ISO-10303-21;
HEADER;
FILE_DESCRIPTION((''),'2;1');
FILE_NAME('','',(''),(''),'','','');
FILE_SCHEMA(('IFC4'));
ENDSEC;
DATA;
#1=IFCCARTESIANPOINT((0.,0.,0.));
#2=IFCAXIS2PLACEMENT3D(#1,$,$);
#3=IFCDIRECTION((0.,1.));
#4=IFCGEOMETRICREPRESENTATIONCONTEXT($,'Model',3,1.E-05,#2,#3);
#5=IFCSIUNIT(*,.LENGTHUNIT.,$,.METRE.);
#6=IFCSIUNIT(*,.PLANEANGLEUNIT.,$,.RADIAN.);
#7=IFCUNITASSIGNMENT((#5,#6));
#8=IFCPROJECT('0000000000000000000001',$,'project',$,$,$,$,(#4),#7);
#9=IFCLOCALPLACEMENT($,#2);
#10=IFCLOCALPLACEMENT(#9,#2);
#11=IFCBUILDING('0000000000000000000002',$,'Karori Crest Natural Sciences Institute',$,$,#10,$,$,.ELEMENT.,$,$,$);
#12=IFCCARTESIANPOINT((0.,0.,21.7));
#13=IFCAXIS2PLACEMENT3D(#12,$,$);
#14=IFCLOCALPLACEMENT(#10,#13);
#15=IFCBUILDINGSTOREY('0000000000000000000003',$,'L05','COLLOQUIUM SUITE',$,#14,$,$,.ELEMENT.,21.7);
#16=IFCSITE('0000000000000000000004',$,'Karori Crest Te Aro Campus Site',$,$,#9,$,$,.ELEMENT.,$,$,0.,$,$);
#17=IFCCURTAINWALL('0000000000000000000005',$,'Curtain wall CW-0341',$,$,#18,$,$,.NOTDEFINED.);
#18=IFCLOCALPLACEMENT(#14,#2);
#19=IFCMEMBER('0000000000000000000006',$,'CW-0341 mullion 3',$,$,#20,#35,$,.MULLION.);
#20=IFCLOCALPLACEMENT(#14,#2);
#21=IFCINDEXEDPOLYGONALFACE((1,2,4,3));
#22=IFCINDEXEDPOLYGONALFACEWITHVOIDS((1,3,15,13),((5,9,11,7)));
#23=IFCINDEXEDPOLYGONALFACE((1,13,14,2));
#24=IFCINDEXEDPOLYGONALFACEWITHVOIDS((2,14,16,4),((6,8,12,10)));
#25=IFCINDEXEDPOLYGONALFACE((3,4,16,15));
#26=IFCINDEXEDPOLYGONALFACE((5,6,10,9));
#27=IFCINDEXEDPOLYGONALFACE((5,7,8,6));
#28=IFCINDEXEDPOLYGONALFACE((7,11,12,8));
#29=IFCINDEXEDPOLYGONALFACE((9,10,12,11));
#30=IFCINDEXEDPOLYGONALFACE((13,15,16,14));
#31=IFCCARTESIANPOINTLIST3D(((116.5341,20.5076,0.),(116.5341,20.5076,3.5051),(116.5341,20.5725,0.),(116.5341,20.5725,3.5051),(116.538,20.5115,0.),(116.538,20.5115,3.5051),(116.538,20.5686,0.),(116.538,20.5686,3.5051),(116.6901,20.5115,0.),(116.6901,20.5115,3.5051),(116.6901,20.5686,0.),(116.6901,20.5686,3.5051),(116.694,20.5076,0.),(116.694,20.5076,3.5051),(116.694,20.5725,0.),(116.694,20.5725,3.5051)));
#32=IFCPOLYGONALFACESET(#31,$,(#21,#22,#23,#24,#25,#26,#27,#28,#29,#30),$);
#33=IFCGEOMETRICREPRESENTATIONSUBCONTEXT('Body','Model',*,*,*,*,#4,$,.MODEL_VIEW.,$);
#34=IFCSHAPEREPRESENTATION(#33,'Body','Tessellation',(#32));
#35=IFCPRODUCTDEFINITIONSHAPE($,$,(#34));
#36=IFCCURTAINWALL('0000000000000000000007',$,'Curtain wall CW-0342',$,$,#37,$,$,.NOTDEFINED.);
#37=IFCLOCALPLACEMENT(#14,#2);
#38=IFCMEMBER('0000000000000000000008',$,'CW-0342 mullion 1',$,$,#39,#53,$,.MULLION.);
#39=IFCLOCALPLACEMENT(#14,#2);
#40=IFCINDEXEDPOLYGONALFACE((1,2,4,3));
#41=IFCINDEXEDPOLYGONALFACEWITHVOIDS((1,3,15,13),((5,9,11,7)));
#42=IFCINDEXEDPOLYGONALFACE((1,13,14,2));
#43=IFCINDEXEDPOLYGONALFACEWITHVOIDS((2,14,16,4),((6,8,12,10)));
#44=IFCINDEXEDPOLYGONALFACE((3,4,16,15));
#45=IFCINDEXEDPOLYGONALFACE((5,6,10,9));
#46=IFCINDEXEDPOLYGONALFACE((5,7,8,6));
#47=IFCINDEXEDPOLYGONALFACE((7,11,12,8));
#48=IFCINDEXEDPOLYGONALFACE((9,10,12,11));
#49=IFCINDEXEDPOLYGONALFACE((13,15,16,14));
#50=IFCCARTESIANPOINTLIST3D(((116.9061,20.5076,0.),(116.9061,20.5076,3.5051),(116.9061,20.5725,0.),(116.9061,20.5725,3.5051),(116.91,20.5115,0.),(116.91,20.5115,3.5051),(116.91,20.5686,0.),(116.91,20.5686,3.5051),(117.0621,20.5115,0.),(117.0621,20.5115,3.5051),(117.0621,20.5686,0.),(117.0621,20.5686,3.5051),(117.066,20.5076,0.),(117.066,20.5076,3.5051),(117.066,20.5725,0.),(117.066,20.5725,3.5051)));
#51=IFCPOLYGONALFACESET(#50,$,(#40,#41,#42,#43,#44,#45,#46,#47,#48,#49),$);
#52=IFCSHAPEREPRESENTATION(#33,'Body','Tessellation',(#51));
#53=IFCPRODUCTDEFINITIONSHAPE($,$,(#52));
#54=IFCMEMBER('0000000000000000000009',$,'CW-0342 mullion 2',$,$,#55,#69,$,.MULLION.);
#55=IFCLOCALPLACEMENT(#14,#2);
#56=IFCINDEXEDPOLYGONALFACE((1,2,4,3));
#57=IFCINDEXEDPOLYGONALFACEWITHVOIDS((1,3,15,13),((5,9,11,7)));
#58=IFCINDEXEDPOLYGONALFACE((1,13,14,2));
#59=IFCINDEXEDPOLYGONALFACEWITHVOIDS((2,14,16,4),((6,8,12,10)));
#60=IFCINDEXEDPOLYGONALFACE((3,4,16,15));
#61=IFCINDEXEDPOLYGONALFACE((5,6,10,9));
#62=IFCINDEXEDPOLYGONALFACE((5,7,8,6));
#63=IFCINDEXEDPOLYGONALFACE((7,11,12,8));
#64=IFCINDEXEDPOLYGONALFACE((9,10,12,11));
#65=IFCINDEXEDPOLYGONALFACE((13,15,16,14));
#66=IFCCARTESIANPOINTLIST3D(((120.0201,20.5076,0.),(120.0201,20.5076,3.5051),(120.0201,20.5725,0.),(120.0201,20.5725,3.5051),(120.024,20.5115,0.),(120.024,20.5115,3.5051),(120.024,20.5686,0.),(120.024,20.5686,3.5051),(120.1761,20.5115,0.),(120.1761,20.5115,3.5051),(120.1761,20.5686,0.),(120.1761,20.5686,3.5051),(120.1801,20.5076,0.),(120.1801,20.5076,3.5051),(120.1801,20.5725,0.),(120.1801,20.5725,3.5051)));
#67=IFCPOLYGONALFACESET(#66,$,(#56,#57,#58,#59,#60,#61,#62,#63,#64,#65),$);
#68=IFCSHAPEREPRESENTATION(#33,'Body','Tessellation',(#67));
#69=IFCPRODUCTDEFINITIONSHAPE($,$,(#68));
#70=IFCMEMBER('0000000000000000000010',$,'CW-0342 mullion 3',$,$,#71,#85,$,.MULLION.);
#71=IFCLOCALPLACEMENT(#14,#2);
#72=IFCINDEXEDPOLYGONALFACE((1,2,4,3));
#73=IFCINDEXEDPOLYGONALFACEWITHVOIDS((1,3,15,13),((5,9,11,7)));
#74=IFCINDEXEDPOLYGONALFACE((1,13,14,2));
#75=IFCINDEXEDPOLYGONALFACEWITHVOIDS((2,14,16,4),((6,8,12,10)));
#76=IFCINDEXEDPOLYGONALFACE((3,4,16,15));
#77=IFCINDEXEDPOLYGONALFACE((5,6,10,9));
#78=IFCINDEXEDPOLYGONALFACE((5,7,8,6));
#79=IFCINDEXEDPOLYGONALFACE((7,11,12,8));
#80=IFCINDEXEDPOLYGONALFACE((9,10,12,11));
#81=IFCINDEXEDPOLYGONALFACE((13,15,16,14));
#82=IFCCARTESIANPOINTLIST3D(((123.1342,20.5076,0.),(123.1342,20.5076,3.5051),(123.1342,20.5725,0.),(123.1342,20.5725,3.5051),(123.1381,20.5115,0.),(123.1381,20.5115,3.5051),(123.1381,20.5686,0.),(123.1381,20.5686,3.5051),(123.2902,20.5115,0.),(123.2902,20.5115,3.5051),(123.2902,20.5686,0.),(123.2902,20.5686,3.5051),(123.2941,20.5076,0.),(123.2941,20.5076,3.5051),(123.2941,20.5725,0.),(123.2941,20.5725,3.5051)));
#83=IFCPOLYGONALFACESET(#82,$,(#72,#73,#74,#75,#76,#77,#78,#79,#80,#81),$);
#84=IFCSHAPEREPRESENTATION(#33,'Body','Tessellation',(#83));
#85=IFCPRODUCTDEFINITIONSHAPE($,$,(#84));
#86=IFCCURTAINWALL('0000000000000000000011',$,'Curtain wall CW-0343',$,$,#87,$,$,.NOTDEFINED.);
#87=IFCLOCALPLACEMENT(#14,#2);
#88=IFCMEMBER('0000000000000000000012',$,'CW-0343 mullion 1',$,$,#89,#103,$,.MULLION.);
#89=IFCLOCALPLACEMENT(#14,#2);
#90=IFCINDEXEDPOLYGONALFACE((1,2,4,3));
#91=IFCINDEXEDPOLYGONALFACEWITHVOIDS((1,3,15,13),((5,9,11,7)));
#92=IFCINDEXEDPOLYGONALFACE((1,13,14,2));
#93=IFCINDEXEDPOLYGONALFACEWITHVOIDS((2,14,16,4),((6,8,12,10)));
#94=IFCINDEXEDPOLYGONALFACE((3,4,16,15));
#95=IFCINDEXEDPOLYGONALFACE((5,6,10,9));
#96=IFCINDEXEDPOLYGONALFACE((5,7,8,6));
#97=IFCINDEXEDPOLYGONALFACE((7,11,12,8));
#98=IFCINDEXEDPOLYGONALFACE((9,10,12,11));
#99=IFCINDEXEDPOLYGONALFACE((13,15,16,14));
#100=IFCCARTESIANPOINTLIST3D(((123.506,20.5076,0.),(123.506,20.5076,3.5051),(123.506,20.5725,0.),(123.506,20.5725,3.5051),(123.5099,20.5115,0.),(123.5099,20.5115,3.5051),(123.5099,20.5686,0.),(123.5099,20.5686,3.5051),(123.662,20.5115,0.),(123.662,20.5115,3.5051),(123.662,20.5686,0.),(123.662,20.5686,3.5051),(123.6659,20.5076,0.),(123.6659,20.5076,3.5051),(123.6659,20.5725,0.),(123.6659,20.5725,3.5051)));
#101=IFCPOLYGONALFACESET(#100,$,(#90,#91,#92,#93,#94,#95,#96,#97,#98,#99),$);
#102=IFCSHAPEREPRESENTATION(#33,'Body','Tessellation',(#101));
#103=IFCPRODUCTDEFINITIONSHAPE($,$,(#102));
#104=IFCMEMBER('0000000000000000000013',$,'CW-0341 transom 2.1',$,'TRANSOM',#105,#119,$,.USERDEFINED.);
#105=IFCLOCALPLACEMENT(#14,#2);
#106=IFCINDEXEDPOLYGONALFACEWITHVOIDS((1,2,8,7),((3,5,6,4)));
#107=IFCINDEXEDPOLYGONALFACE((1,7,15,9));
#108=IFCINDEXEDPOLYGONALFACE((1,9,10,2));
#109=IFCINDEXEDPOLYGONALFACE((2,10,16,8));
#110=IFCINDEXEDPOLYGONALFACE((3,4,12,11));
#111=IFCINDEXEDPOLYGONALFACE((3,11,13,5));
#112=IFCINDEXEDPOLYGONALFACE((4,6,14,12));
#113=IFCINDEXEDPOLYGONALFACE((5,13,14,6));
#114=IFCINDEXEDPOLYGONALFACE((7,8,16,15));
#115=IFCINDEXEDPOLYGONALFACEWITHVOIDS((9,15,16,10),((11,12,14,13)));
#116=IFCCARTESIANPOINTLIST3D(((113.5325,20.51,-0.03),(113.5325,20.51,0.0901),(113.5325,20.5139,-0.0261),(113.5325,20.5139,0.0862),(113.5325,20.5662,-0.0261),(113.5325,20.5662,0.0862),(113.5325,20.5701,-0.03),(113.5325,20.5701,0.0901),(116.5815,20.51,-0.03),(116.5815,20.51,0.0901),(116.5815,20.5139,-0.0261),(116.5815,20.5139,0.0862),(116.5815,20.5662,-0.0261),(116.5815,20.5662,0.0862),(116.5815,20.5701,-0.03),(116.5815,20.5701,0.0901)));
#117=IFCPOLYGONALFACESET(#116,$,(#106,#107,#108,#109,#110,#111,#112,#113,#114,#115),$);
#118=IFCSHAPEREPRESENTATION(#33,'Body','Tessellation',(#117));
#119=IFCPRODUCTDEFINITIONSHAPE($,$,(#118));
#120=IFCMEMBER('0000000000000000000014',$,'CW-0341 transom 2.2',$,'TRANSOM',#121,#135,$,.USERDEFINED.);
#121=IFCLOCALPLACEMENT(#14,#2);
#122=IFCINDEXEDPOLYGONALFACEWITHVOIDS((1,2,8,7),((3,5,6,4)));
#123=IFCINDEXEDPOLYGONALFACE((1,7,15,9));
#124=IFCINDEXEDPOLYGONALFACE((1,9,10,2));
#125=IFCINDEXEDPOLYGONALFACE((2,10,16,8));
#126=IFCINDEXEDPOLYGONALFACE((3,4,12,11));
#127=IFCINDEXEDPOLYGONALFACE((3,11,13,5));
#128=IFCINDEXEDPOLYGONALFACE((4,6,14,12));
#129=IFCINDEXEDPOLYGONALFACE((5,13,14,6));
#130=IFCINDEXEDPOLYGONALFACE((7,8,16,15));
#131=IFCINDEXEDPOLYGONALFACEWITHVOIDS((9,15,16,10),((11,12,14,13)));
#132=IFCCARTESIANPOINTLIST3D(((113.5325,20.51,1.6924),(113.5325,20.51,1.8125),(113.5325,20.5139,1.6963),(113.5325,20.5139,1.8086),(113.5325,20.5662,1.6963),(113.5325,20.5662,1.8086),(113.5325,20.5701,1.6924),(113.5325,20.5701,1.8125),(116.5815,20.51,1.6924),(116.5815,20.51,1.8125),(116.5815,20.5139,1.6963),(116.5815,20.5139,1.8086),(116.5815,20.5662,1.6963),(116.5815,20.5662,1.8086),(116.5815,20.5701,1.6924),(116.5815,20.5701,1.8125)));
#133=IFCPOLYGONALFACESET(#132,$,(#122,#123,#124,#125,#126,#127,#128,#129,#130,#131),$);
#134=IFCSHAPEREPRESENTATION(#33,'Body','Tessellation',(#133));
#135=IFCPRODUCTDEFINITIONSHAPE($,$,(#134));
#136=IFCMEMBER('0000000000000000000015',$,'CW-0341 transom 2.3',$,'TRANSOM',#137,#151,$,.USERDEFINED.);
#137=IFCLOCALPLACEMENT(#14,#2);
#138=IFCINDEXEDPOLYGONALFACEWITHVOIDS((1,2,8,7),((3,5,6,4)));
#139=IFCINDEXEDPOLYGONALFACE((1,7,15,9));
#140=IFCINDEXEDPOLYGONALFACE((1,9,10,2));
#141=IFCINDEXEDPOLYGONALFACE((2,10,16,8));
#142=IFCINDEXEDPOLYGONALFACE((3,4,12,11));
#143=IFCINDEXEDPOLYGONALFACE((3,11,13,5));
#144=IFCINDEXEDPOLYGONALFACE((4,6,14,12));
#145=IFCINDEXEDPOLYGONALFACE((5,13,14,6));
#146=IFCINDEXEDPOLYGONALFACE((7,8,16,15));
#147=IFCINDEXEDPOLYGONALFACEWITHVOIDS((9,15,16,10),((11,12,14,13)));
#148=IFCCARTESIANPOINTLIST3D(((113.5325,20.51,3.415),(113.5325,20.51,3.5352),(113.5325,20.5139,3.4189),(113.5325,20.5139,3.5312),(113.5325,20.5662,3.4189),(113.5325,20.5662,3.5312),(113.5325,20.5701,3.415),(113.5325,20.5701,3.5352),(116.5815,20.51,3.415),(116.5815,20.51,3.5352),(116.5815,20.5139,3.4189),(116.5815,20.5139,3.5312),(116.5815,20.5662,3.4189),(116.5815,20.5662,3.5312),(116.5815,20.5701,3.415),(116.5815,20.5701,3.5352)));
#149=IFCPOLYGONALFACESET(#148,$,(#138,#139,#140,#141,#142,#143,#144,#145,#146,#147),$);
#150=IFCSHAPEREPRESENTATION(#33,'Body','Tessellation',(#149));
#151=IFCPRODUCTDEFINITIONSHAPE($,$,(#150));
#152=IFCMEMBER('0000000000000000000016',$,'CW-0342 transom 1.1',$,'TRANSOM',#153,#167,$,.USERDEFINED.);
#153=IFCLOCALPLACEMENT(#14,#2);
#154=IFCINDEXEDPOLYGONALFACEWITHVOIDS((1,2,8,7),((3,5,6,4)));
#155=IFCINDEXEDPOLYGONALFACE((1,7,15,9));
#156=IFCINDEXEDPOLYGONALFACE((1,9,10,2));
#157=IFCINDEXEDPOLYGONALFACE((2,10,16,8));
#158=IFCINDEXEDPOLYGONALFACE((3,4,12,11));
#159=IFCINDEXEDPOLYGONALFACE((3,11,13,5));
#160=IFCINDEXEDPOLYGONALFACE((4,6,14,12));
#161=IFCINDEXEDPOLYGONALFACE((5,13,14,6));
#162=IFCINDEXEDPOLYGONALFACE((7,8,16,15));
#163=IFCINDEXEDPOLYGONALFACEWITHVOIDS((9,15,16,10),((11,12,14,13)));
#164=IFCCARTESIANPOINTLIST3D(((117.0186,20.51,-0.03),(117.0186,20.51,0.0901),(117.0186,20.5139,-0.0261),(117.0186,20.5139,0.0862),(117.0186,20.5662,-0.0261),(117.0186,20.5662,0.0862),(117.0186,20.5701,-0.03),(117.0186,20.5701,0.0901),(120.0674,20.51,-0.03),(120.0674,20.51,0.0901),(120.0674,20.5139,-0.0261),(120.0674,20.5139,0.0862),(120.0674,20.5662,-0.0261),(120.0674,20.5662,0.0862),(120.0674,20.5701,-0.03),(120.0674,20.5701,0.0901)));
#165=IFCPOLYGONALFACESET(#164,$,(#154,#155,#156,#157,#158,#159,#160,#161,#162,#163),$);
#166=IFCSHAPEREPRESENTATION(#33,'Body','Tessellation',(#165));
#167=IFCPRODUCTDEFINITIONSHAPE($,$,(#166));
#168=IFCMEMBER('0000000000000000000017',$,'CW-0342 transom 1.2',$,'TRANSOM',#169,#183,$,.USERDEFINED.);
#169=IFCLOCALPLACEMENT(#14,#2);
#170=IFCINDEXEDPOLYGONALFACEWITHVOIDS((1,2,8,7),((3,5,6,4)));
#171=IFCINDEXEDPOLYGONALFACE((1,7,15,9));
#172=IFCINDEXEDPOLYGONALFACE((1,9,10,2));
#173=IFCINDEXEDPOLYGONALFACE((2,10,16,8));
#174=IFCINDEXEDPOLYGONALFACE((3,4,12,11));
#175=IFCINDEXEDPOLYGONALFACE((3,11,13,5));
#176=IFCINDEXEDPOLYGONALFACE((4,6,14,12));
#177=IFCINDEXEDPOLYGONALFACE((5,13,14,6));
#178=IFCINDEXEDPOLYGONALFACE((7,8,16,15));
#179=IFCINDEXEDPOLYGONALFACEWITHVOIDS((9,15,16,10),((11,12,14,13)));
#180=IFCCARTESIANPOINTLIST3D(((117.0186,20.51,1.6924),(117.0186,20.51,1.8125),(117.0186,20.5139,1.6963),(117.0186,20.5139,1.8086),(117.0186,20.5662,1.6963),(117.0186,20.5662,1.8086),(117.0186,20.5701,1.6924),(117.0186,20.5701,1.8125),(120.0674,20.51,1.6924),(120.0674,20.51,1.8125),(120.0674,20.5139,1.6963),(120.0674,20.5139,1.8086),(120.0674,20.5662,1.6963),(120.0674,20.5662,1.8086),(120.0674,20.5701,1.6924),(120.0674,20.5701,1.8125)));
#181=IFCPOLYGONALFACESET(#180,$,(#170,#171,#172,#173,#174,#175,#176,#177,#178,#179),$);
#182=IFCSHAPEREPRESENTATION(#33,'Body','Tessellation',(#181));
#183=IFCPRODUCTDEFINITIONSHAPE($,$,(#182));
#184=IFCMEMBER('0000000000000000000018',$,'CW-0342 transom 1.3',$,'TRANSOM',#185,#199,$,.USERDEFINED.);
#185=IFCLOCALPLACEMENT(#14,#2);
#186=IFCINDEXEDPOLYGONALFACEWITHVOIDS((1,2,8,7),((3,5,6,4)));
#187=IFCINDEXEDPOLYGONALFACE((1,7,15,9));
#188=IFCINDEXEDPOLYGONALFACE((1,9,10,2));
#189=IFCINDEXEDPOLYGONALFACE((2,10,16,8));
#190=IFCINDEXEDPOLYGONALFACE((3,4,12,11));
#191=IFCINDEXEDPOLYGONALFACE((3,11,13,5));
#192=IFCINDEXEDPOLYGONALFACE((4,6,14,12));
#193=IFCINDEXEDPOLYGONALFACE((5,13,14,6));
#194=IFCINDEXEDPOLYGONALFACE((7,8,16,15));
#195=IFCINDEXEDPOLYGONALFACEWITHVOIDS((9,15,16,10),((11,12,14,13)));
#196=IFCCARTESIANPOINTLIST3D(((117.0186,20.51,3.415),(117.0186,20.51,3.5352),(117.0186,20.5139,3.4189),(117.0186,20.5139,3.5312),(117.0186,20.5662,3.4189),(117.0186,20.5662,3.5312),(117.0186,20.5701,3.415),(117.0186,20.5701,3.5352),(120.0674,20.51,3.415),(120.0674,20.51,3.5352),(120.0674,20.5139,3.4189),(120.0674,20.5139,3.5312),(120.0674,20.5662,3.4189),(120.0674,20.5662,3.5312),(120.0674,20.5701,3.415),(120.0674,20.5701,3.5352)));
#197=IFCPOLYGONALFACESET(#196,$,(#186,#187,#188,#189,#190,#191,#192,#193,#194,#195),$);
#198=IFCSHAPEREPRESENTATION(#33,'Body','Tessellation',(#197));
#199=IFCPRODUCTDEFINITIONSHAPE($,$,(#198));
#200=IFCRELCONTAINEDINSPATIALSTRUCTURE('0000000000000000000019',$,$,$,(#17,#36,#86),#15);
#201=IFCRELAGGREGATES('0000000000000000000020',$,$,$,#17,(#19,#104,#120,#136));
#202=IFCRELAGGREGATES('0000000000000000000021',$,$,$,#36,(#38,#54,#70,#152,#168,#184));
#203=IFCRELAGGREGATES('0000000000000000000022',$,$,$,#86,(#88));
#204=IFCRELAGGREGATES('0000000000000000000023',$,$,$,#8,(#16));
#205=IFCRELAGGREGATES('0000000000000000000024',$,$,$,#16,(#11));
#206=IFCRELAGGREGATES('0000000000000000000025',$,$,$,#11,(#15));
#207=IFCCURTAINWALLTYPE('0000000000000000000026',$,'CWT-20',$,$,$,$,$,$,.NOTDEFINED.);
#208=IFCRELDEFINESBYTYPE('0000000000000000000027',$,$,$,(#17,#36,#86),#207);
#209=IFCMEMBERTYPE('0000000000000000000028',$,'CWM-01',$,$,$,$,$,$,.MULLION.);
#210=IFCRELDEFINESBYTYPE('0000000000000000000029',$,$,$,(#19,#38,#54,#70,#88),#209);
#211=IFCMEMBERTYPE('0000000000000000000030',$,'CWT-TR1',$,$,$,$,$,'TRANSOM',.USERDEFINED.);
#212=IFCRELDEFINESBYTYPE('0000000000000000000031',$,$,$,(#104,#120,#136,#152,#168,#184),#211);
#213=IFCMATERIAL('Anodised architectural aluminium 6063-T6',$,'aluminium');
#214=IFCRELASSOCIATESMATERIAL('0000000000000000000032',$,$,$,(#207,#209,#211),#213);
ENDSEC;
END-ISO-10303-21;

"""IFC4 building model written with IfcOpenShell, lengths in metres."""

from ifc_helpers import new_model, si_unit, direction, frame, origin, origin_2d, place, context, subcontext, project, spatial, hollow_rectangle, extrude, material, material_profile, profile_set, type_object, element, aggregate, save


model = new_model("IFC4")

# Units and contexts
model_context = context("Model", 3, precision=1e-05, world=origin(), true_north=direction((0.0, 1.0)))
body_context = subcontext(model_context, "Body", "Model", "MODEL_VIEW")
ifc_project = project(units=[si_unit("LENGTHUNIT", "METRE"), si_unit("PLANEANGLEUNIT", "RADIAN")], contexts=[model_context])

# Site, building, storey
site_placement = place(None, origin())
site = spatial("IfcSite", under=ifc_project, at=site_placement, Name="Karori Crest Te Aro Campus Site", CompositionType="ELEMENT", RefElevation=0.0)
building_placement = place(site_placement, origin())
building = spatial("IfcBuilding", under=site, at=building_placement, Name="Karori Crest Natural Sciences Institute", CompositionType="ELEMENT")
storey_placement = place(building_placement, frame((0.0, 0.0, 21.7)))
storey = spatial("IfcBuildingStorey", under=building, at=storey_placement, Name="L05", Description="COLLOQUIUM SUITE", CompositionType="ELEMENT", Elevation=21.7)

# Curtain wall, member
ifc_material_1 = material(Name="Anodised architectural aluminium 6063-T6", Category="aluminium")
curtain_wall_type = type_object("IfcCurtainWallType", Name="CWT-20", PredefinedType="NOTDEFINED", material=ifc_material_1)
curtain_wall_1_placement = place(storey_placement, origin())
curtain_wall_1 = element("IfcCurtainWall", 1, at=curtain_wall_1_placement, inside=storey, type_object=curtain_wall_type, Name="Curtain wall CW-0341", PredefinedType="NOTDEFINED")
ifc_material_profile_1 = material_profile(ifc_material_1, hollow_rectangle(XDim=0.0649, YDim=0.1599, WallThickness=0.0039, at=origin_2d()), Name="CWM160x65x4")
ifc_profile_set_1 = profile_set([ifc_material_profile_1], Name="Anodised architectural aluminium 6063-T6")
member_type_1 = type_object("IfcMemberType", Name="CWM-01", PredefinedType="MULLION", material=ifc_profile_set_1)
member_1_placement = place(storey_placement, frame((116.614, 20.54, 0.0), z_axis=(0.0, 0.0, 1.0), x_axis=(0.0, 1.0, 0.0)))
member_1 = element("IfcMember", 2, at=member_1_placement, type_object=member_type_1, Name="CW-0341 mullion 3", PredefinedType="MULLION", context=body_context, shape_type="SweptSolid", body=[
    extrude(hollow_rectangle(XDim=0.0649, YDim=0.1599, WallThickness=0.0039, at=origin_2d()), origin(), (0.0, 0.0, 1.0), 3.5051),
])

# Curtain wall, members
curtain_wall_2_placement = place(storey_placement, origin())
curtain_wall_2 = element("IfcCurtainWall", 3, at=curtain_wall_2_placement, inside=storey, type_object=curtain_wall_type, Name="Curtain wall CW-0342", PredefinedType="NOTDEFINED")
member_2_placement = place(storey_placement, frame((116.9861, 20.54, 0.0), z_axis=(0.0, 0.0, 1.0), x_axis=(0.0, 1.0, 0.0)))
member_2 = element("IfcMember", 4, at=member_2_placement, type_object=member_type_1, Name="CW-0342 mullion 1", PredefinedType="MULLION", context=body_context, shape_type="SweptSolid", body=[
    extrude(hollow_rectangle(XDim=0.0649, YDim=0.1599, WallThickness=0.0039, at=origin_2d()), origin(), (0.0, 0.0, 1.0), 3.5051),
])
member_3_placement = place(storey_placement, frame((120.1001, 20.54, 0.0), z_axis=(0.0, 0.0, 1.0), x_axis=(0.0, 1.0, 0.0)))
member_3 = element("IfcMember", 5, at=member_3_placement, type_object=member_type_1, Name="CW-0342 mullion 2", PredefinedType="MULLION", context=body_context, shape_type="SweptSolid", body=[
    extrude(hollow_rectangle(XDim=0.0649, YDim=0.1599, WallThickness=0.0039, at=origin_2d()), origin(), (0.0, 0.0, 1.0), 3.5051),
])
member_4_placement = place(storey_placement, frame((123.2141, 20.54, 0.0), z_axis=(0.0, 0.0, 1.0), x_axis=(0.0, 1.0, 0.0)))
member_4 = element("IfcMember", 6, at=member_4_placement, type_object=member_type_1, Name="CW-0342 mullion 3", PredefinedType="MULLION", context=body_context, shape_type="SweptSolid", body=[
    extrude(hollow_rectangle(XDim=0.0649, YDim=0.1599, WallThickness=0.0039, at=origin_2d()), origin(), (0.0, 0.0, 1.0), 3.5051),
])

# Curtain wall, member
curtain_wall_3_placement = place(storey_placement, origin())
curtain_wall_3 = element("IfcCurtainWall", 7, at=curtain_wall_3_placement, inside=storey, type_object=curtain_wall_type, Name="Curtain wall CW-0343", PredefinedType="NOTDEFINED")
member_5_placement = place(storey_placement, frame((123.5859, 20.54, 0.0), z_axis=(0.0, 0.0, 1.0), x_axis=(0.0, 1.0, 0.0)))
member_5 = element("IfcMember", 8, at=member_5_placement, type_object=member_type_1, Name="CW-0343 mullion 1", PredefinedType="MULLION", context=body_context, shape_type="SweptSolid", body=[
    extrude(hollow_rectangle(XDim=0.0649, YDim=0.1599, WallThickness=0.0039, at=origin_2d()), origin(), (0.0, 0.0, 1.0), 3.5051),
])

# Members
ifc_material_profile_2 = material_profile(ifc_material_1, hollow_rectangle(XDim=0.0601, YDim=0.1201, WallThickness=0.0039, at=origin_2d()), Name="CWT120x60x4")
ifc_profile_set_2 = profile_set([ifc_material_profile_2], Name="Anodised architectural aluminium 6063-T6")
member_type_2 = type_object("IfcMemberType", Name="CWT-TR1", ElementType="TRANSOM", PredefinedType="USERDEFINED", material=ifc_profile_set_2)
member_6_placement = place(storey_placement, frame((113.5325, 20.54, 0.03), z_axis=(1.0, 0.0, 0.0), x_axis=(0.0, 1.0, 0.0)))
member_6 = element("IfcMember", 9, at=member_6_placement, type_object=member_type_2, Name="CW-0341 transom 2.1", ObjectType="TRANSOM", PredefinedType="USERDEFINED", context=body_context, shape_type="SweptSolid", body=[
    extrude(hollow_rectangle(XDim=0.0601, YDim=0.1201, WallThickness=0.0039, at=origin_2d()), origin(), (0.0, 0.0, 1.0), 3.0491),
])
member_7_placement = place(storey_placement, frame((113.5325, 20.54, 1.7524), z_axis=(1.0, 0.0, 0.0), x_axis=(0.0, 1.0, 0.0)))
member_7 = element("IfcMember", 10, at=member_7_placement, type_object=member_type_2, Name="CW-0341 transom 2.2", ObjectType="TRANSOM", PredefinedType="USERDEFINED", context=body_context, shape_type="SweptSolid", body=[
    extrude(hollow_rectangle(XDim=0.0601, YDim=0.1201, WallThickness=0.0039, at=origin_2d()), origin(), (0.0, 0.0, 1.0), 3.0491),
])
member_8_placement = place(storey_placement, frame((113.5325, 20.54, 3.4751), z_axis=(1.0, 0.0, 0.0), x_axis=(0.0, 1.0, 0.0)))
member_8 = element("IfcMember", 11, at=member_8_placement, type_object=member_type_2, Name="CW-0341 transom 2.3", ObjectType="TRANSOM", PredefinedType="USERDEFINED", context=body_context, shape_type="SweptSolid", body=[
    extrude(hollow_rectangle(XDim=0.0601, YDim=0.1201, WallThickness=0.0039, at=origin_2d()), origin(), (0.0, 0.0, 1.0), 3.0491),
])
member_9_placement = place(storey_placement, frame((117.0186, 20.54, 0.03), z_axis=(1.0, 0.0, 0.0), x_axis=(0.0, 1.0, 0.0)))
member_9 = element("IfcMember", 12, at=member_9_placement, type_object=member_type_2, Name="CW-0342 transom 1.1", ObjectType="TRANSOM", PredefinedType="USERDEFINED", context=body_context, shape_type="SweptSolid", body=[
    extrude(hollow_rectangle(XDim=0.0601, YDim=0.1201, WallThickness=0.0039, at=origin_2d()), origin(), (0.0, 0.0, 1.0), 3.0488),
])
member_10_placement = place(storey_placement, frame((117.0186, 20.54, 1.7524), z_axis=(1.0, 0.0, 0.0), x_axis=(0.0, 1.0, 0.0)))
member_10 = element("IfcMember", 13, at=member_10_placement, type_object=member_type_2, Name="CW-0342 transom 1.2", ObjectType="TRANSOM", PredefinedType="USERDEFINED", context=body_context, shape_type="SweptSolid", body=[
    extrude(hollow_rectangle(XDim=0.0601, YDim=0.1201, WallThickness=0.0039, at=origin_2d()), origin(), (0.0, 0.0, 1.0), 3.0488),
])
member_11_placement = place(storey_placement, frame((117.0186, 20.54, 3.4751), z_axis=(1.0, 0.0, 0.0), x_axis=(0.0, 1.0, 0.0)))
member_11 = element("IfcMember", 14, at=member_11_placement, type_object=member_type_2, Name="CW-0342 transom 1.3", ObjectType="TRANSOM", PredefinedType="USERDEFINED", context=body_context, shape_type="SweptSolid", body=[
    extrude(hollow_rectangle(XDim=0.0601, YDim=0.1201, WallThickness=0.0039, at=origin_2d()), origin(), (0.0, 0.0, 1.0), 3.0488),
])

aggregate(curtain_wall_1, [member_1, member_6, member_7, member_8])
aggregate(curtain_wall_2, [member_2, member_3, member_4, member_9, member_10, member_11])
aggregate(curtain_wall_3, [member_5])

save(model, "model.ifc")
